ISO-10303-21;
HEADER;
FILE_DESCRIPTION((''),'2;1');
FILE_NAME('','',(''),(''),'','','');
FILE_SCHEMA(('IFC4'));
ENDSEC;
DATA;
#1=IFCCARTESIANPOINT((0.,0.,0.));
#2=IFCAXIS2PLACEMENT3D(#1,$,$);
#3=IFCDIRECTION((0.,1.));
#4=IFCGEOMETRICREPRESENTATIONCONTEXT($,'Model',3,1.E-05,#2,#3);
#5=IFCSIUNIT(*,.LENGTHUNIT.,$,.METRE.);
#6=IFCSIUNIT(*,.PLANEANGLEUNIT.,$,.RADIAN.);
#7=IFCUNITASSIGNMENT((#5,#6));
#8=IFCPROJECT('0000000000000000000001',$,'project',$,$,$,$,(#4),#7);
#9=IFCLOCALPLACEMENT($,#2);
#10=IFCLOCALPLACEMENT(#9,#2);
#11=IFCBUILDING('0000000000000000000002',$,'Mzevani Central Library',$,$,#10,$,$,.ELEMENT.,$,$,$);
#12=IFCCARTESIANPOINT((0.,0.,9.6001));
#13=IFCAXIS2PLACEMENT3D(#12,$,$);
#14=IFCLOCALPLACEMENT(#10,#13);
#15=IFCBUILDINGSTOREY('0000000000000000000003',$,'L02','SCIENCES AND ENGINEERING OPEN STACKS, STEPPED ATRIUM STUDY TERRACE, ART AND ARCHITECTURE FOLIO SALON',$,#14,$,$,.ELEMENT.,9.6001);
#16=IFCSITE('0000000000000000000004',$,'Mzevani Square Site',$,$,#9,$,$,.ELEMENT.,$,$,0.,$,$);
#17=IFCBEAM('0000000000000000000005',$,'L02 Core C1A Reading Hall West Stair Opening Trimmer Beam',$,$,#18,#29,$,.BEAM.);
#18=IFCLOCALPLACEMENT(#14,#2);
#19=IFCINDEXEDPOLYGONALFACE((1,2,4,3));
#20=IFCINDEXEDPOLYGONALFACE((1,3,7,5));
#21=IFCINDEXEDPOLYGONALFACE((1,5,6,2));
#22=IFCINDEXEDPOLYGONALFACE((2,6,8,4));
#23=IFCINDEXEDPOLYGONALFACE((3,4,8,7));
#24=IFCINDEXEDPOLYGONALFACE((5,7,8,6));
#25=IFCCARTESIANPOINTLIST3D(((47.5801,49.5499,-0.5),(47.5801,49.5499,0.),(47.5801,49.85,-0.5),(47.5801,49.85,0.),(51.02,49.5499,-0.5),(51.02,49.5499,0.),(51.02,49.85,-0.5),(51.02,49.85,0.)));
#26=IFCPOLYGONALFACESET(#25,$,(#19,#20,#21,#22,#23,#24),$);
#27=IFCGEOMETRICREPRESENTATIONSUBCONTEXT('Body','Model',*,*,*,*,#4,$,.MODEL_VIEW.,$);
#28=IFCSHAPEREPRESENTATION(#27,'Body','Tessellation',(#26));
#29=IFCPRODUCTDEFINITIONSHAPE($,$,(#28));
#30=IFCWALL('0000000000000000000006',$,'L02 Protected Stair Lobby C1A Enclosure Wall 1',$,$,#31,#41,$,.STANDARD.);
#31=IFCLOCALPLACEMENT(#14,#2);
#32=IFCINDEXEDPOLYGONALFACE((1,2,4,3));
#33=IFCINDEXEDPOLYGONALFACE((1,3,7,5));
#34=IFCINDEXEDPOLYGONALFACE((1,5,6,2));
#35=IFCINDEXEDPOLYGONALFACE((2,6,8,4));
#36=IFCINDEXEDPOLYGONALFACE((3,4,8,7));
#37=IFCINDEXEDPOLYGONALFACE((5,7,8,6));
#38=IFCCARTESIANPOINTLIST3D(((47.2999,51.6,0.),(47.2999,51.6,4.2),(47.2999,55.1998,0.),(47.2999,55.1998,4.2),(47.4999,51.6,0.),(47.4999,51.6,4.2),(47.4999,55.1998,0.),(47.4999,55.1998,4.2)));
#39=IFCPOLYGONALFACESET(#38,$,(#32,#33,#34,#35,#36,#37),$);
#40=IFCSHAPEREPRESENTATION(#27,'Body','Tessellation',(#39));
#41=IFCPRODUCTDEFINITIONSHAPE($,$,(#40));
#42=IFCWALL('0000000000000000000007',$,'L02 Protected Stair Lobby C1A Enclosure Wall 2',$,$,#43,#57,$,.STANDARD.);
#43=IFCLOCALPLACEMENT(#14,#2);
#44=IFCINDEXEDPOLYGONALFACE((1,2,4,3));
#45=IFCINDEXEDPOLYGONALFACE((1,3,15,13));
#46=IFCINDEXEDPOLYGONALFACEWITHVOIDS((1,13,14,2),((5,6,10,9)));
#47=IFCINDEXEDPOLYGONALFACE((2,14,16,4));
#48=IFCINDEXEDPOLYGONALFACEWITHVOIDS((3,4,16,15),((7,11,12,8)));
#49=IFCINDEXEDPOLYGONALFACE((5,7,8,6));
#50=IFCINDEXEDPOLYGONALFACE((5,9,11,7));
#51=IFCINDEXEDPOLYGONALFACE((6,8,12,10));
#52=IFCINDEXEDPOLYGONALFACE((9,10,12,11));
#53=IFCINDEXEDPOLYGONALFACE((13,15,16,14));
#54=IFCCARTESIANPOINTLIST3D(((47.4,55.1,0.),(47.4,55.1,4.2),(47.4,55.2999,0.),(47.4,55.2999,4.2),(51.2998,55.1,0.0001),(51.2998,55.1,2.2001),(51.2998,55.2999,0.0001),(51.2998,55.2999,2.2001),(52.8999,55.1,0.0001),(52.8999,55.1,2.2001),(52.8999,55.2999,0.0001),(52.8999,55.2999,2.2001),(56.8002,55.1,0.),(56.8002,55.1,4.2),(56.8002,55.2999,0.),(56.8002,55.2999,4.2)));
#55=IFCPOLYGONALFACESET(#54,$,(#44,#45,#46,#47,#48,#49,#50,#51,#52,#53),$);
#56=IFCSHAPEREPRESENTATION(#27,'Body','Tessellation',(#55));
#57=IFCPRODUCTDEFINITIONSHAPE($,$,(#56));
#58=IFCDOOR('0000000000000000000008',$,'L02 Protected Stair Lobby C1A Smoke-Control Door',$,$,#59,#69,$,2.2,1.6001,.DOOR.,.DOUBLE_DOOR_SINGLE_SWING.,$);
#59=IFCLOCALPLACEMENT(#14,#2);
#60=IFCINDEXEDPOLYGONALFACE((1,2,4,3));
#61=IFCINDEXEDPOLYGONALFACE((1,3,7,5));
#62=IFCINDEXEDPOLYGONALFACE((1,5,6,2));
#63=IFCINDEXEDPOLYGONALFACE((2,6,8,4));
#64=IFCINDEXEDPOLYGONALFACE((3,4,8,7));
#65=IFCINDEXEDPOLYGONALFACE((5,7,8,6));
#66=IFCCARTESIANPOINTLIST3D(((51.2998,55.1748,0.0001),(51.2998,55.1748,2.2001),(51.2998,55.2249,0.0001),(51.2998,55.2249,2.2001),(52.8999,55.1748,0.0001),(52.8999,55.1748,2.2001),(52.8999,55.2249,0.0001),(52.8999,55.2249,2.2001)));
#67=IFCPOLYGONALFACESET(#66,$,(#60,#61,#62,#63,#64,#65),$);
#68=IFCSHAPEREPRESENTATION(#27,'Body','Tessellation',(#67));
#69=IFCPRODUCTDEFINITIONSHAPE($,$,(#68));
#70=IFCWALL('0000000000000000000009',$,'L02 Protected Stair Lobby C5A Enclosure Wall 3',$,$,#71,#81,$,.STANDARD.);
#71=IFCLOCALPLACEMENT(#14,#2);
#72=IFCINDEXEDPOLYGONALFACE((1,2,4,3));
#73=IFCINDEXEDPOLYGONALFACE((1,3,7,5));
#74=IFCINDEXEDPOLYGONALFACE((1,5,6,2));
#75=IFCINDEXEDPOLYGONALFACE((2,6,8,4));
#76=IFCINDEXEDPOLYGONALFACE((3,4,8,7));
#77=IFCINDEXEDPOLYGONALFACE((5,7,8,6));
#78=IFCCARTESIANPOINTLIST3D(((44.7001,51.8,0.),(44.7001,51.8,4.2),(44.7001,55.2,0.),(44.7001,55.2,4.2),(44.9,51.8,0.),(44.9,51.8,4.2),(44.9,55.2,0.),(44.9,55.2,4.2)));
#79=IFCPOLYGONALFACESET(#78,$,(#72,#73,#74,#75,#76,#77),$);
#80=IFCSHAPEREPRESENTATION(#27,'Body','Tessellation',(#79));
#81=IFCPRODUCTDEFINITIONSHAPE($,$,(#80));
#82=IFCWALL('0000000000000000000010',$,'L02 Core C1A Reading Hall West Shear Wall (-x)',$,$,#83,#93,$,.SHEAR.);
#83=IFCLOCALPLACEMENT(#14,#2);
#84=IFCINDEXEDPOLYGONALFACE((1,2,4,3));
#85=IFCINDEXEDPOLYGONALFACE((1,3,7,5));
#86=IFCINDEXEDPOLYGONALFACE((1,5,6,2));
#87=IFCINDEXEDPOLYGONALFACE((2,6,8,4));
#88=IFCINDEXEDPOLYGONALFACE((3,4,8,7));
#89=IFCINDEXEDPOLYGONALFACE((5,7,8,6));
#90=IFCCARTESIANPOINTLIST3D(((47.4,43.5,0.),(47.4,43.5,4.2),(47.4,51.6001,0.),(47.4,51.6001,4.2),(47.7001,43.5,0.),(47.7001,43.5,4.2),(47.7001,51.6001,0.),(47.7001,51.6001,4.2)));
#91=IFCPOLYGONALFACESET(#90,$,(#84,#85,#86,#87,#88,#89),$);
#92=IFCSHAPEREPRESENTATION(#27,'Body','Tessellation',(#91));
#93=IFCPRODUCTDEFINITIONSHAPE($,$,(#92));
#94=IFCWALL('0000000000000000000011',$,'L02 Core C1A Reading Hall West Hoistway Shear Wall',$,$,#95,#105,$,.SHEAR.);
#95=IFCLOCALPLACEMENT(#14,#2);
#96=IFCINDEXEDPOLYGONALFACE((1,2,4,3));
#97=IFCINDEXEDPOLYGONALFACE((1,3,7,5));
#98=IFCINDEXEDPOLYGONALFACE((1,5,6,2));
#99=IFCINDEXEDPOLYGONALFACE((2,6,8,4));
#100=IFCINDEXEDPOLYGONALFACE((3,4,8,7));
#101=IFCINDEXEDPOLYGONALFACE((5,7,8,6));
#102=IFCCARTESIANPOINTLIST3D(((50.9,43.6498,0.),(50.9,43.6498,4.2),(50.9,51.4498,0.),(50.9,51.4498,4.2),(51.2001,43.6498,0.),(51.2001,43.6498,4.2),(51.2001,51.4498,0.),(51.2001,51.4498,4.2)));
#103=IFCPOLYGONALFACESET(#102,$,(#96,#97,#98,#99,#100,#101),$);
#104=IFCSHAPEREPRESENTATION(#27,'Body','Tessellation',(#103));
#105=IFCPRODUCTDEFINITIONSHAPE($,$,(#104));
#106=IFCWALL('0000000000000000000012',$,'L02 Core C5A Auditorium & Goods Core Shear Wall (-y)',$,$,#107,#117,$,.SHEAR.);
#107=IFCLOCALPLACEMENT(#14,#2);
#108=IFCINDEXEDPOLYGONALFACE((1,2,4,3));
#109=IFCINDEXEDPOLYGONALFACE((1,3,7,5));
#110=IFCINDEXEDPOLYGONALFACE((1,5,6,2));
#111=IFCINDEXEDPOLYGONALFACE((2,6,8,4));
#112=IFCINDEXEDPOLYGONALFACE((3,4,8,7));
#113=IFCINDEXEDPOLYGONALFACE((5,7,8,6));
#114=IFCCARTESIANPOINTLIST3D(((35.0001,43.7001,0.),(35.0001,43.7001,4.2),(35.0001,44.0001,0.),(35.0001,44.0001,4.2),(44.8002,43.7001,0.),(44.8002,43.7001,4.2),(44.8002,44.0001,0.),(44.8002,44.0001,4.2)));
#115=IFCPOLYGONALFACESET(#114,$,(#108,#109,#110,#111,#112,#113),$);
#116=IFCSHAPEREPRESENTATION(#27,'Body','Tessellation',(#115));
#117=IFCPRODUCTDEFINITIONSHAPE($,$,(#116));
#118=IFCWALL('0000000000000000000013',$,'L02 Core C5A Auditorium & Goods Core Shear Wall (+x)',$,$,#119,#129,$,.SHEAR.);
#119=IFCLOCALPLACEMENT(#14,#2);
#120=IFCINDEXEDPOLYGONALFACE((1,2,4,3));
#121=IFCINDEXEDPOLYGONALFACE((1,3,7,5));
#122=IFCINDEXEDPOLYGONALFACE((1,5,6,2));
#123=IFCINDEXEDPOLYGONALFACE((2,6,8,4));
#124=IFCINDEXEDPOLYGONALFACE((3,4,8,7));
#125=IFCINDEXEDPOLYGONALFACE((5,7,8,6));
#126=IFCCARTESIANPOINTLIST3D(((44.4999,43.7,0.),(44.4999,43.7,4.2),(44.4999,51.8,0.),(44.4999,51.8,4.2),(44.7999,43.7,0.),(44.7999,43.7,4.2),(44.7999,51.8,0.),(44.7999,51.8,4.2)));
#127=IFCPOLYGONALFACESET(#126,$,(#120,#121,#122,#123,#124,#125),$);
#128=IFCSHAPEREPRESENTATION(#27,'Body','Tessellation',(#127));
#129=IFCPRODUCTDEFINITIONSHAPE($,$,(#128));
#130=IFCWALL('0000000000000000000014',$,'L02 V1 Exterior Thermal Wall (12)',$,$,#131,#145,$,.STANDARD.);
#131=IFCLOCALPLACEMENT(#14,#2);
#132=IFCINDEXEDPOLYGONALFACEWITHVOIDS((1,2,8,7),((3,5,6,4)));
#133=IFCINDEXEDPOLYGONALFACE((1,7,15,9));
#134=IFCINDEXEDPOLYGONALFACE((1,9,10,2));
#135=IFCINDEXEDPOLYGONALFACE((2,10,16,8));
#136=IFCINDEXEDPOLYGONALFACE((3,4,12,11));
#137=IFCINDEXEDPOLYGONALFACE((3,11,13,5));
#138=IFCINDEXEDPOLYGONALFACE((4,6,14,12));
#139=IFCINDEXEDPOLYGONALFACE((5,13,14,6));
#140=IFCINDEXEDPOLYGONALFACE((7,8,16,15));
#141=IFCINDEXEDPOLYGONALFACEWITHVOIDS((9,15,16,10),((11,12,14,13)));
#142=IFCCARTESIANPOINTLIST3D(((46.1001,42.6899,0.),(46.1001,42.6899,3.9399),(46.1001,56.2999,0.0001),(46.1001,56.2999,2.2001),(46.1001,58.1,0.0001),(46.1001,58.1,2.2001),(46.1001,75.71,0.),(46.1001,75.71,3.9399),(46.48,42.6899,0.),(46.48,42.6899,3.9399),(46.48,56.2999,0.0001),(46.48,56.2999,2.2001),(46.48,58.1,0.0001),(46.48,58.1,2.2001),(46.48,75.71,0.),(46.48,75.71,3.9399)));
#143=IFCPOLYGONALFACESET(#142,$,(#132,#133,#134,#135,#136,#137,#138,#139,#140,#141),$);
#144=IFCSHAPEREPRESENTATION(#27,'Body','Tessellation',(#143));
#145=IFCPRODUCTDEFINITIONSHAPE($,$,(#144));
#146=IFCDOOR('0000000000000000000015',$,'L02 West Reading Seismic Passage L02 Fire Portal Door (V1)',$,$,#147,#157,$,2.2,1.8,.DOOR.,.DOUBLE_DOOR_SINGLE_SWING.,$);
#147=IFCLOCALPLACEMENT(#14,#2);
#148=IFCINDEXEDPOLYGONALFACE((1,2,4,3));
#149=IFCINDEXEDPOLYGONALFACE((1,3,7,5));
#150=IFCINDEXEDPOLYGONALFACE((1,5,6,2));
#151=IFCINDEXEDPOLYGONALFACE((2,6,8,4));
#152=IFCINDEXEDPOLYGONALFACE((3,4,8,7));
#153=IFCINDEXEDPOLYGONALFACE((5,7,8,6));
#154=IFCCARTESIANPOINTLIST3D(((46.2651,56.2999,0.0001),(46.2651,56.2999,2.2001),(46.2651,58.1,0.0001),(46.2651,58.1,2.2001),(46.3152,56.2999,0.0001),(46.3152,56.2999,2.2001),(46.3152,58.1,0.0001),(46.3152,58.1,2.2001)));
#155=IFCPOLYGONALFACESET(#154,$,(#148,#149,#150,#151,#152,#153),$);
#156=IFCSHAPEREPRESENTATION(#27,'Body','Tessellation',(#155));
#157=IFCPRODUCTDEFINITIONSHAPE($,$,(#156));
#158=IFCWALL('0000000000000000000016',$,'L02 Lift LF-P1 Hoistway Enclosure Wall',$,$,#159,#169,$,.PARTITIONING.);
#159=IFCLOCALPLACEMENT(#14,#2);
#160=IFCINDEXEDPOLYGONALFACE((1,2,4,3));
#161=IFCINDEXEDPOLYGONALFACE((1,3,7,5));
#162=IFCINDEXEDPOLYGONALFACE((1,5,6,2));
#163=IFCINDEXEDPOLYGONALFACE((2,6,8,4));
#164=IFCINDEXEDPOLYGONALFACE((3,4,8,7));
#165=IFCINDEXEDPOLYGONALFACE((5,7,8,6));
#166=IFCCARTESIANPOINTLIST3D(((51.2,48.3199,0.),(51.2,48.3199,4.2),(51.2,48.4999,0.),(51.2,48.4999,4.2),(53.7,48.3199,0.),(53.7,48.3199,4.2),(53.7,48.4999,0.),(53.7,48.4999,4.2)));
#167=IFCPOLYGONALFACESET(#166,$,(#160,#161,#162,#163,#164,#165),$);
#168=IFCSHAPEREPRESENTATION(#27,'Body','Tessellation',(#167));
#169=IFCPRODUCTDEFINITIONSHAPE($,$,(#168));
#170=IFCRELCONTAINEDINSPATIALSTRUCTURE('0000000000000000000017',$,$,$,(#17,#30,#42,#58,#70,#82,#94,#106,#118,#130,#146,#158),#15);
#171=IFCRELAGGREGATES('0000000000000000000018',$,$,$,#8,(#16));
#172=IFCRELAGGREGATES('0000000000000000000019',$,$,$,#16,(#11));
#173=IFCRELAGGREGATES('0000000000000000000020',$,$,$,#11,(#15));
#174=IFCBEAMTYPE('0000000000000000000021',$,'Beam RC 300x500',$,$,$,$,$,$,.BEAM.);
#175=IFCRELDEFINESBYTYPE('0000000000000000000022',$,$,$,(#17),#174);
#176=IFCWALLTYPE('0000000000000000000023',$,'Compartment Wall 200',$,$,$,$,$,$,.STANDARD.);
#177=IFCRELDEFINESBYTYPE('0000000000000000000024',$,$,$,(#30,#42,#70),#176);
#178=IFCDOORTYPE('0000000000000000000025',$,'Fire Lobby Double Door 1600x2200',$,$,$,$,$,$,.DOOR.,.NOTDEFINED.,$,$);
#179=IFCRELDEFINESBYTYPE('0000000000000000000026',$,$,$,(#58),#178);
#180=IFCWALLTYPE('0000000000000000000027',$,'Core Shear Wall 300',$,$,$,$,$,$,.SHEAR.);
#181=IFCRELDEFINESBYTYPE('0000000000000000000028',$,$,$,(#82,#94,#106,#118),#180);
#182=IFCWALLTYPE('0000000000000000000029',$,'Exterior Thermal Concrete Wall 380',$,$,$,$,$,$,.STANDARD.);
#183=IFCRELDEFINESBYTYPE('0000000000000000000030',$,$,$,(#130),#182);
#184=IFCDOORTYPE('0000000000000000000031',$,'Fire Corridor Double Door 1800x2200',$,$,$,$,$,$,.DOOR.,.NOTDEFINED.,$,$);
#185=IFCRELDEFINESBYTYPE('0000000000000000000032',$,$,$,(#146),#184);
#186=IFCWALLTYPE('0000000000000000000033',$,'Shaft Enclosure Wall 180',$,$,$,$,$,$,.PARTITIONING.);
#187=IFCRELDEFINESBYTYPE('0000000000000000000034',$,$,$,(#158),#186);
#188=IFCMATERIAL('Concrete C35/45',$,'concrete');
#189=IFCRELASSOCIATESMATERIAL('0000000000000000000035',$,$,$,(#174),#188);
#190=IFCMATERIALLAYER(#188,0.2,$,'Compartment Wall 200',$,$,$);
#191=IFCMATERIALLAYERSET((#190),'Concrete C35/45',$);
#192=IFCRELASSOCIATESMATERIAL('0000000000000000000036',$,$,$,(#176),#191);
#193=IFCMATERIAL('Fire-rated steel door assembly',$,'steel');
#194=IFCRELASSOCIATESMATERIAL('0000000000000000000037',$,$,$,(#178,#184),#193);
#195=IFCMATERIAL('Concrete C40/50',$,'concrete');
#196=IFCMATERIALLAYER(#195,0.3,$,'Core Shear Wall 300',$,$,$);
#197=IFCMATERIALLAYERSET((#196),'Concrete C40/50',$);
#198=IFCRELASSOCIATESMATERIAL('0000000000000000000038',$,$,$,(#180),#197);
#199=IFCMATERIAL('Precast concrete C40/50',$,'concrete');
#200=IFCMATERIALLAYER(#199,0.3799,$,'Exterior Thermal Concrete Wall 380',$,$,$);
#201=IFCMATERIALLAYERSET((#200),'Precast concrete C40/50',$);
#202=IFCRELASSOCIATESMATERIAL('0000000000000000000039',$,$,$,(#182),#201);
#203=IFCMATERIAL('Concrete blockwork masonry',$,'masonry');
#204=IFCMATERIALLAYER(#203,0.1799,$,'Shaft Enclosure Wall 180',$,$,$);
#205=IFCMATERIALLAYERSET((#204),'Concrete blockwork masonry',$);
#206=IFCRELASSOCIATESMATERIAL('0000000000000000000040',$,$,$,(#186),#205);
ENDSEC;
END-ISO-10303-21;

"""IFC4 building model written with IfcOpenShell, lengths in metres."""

from ifc_helpers import new_model, si_unit, direction, frame, frame_2d, origin, origin_2d, place, context, subcontext, project, spatial, rectangle, extrude, material, layer, layer_set, material_profile, profile_set, type_object, element, fill, save


model = new_model("IFC4")

# Units and contexts
model_context = context("Model", 3, precision=1e-05, world=origin(), true_north=direction((0.0, 1.0)))
body_context = subcontext(model_context, "Body", "Model", "MODEL_VIEW")
ifc_project = project(units=[si_unit("LENGTHUNIT", "METRE"), si_unit("PLANEANGLEUNIT", "RADIAN")], contexts=[model_context])

# Site, building, storey
site_placement = place(None, origin())
site = spatial("IfcSite", under=ifc_project, at=site_placement, Name="Mzevani Square Site", CompositionType="ELEMENT", RefElevation=0.0)
building_placement = place(site_placement, origin())
building = spatial("IfcBuilding", under=site, at=building_placement, Name="Mzevani Central Library", CompositionType="ELEMENT")
storey_placement = place(building_placement, frame((0.0, 0.0, 9.6001)))
storey = spatial("IfcBuildingStorey", under=building, at=storey_placement, Name="L02", Description="SCIENCES AND ENGINEERING OPEN STACKS, STEPPED ATRIUM STUDY TERRACE, ART AND ARCHITECTURE FOLIO SALON", CompositionType="ELEMENT", Elevation=9.6001)

# Beam
ifc_material_1 = material(Name="Concrete C35/45", Category="concrete")
ifc_material_profile = material_profile(ifc_material_1, rectangle(XDim=0.3, YDim=0.5, at=origin_2d()), Name="RC B300x500")
ifc_profile_set = profile_set([ifc_material_profile], Name="Concrete C35/45")
beam_type = type_object("IfcBeamType", Name="Beam RC 300x500", PredefinedType="BEAM", material=ifc_profile_set)
beam_placement = place(storey_placement, frame((47.5801, 49.7, -0.25), z_axis=(1.0, 0.0, 0.0), x_axis=(0.0, 1.0, 0.0)))
element("IfcBeam", 1, at=beam_placement, inside=storey, type_object=beam_type, Name="L02 Core C1A Reading Hall West Stair Opening Trimmer Beam", PredefinedType="BEAM", context=body_context, shape_type="SweptSolid", body=[
    extrude(rectangle(XDim=0.3, YDim=0.5, at=origin_2d()), origin(), (0.0, 0.0, 1.0), 3.4399),
])

# Wall
ifc_layer_1 = layer(ifc_material_1, 0.2, Name="Compartment Wall 200")
ifc_layer_set_1 = layer_set([ifc_layer_1], Name="Concrete C35/45")
wall_type_1 = type_object("IfcWallType", Name="Compartment Wall 200", PredefinedType="STANDARD", material=ifc_layer_set_1)
wall_1_placement = place(storey_placement, frame((47.3999, 51.6001, 0.0), z_axis=(0.0, 0.0, 1.0), x_axis=(0.0, 1.0, 0.0)))
element("IfcWall", 2, at=wall_1_placement, inside=storey, type_object=wall_type_1, Name="L02 Protected Stair Lobby C1A Enclosure Wall 1", PredefinedType="STANDARD", context=body_context, shape_type="SweptSolid", body=[
    extrude(rectangle(XDim=3.5999, YDim=0.2, at=frame_2d((1.7998, 0.0))), origin(), (0.0, 0.0, 1.0), 4.2),
])

# Wall, opening, door
wall_2_placement = place(storey_placement, frame((47.3999, 55.2, 0.0), z_axis=(0.0, 0.0, 1.0), x_axis=(1.0, 0.0, 0.0)))
wall_2 = element("IfcWall", 3, at=wall_2_placement, inside=storey, type_object=wall_type_1, Name="L02 Protected Stair Lobby C1A Enclosure Wall 2", PredefinedType="STANDARD", context=body_context, shape_type="SweptSolid", body=[
    extrude(rectangle(XDim=9.4001, YDim=0.2, at=frame_2d((4.7002, 0.0))), origin(), (0.0, 0.0, 1.0), 4.2),
])
opening_1_placement = place(wall_2_placement, frame((3.8999, 0.0, 0.0)))
opening_1 = element("IfcOpeningElement", 4, at=opening_1_placement, cuts=wall_2, PredefinedType="OPENING", context=body_context, shape_type="SweptSolid", body=[
    extrude(rectangle(XDim=1.6001, YDim=2.2, at=frame_2d((0.8, 1.1001))), frame((0.0, 0.1099, 0.0), z_axis=(0.0, -1.0, 0.0), x_axis=(1.0, 0.0, 0.0)), (0.0, 0.0, 1.0), 0.22),
])
ifc_material_2 = material(Name="Fire-rated steel door assembly", Category="steel")
door_type_1 = type_object("IfcDoorType", Name="Fire Lobby Double Door 1600x2200", OperationType="NOTDEFINED", PredefinedType="DOOR", material=ifc_material_2)
door_1_placement = place(opening_1_placement, origin())
door_1 = element("IfcDoor", 5, at=door_1_placement, inside=storey, type_object=door_type_1, Name="L02 Protected Stair Lobby C1A Smoke-Control Door", OperationType="DOUBLE_DOOR_SINGLE_SWING", OverallHeight=2.2, OverallWidth=1.6001, PredefinedType="DOOR", context=body_context, shape_type="SweptSolid", body=[
    extrude(rectangle(XDim=1.6001, YDim=2.2, at=frame_2d((0.8, 1.1001))), frame((0.0, 0.0249, 0.0), z_axis=(0.0, -1.0, 0.0), x_axis=(1.0, 0.0, 0.0)), (0.0, 0.0, 1.0), 0.05),
])
fill(opening_1, door_1)

# Walls
wall_3_placement = place(storey_placement, frame((44.8, 55.2, 0.0), z_axis=(0.0, 0.0, 1.0), x_axis=(0.0, -1.0, 0.0)))
element("IfcWall", 6, at=wall_3_placement, inside=storey, type_object=wall_type_1, Name="L02 Protected Stair Lobby C5A Enclosure Wall 3", PredefinedType="STANDARD", context=body_context, shape_type="SweptSolid", body=[
    extrude(rectangle(XDim=3.3999, YDim=0.2, at=frame_2d((1.7, 0.0))), origin(), (0.0, 0.0, 1.0), 4.2),
])
ifc_material_3 = material(Name="Concrete C40/50", Category="concrete")
ifc_layer_2 = layer(ifc_material_3, 0.3, Name="Core Shear Wall 300")
ifc_layer_set_2 = layer_set([ifc_layer_2], Name="Concrete C40/50")
wall_type_2 = type_object("IfcWallType", Name="Core Shear Wall 300", PredefinedType="SHEAR", material=ifc_layer_set_2)
wall_4_placement = place(storey_placement, frame((47.55, 43.5, 0.0), z_axis=(0.0, 0.0, 1.0), x_axis=(0.0, 1.0, 0.0)))
element("IfcWall", 7, at=wall_4_placement, inside=storey, type_object=wall_type_2, Name="L02 Core C1A Reading Hall West Shear Wall (-x)", PredefinedType="SHEAR", context=body_context, shape_type="SweptSolid", body=[
    extrude(rectangle(XDim=8.1001, YDim=0.3, at=frame_2d((4.05, 0.0))), origin(), (0.0, 0.0, 1.0), 4.2),
])

# Walls
wall_5_placement = place(storey_placement, frame((51.05, 43.6499, 0.0), z_axis=(0.0, 0.0, 1.0), x_axis=(0.0, 1.0, 0.0)))
element("IfcWall", 8, at=wall_5_placement, inside=storey, type_object=wall_type_2, Name="L02 Core C1A Reading Hall West Hoistway Shear Wall", PredefinedType="SHEAR", context=body_context, shape_type="SweptSolid", body=[
    extrude(rectangle(XDim=7.8, YDim=0.3, at=frame_2d((3.8999, 0.0))), origin(), (0.0, 0.0, 1.0), 4.2),
])
wall_6_placement = place(storey_placement, frame((44.8, 43.8501, 0.0), z_axis=(0.0, 0.0, 1.0), x_axis=(-1.0, 0.0, 0.0)))
element("IfcWall", 9, at=wall_6_placement, inside=storey, type_object=wall_type_2, Name="L02 Core C5A Auditorium & Goods Core Shear Wall (-y)", PredefinedType="SHEAR", context=body_context, shape_type="SweptSolid", body=[
    extrude(rectangle(XDim=9.8, YDim=0.3, at=frame_2d((4.8999, 0.0))), origin(), (0.0, 0.0, 1.0), 4.2),
])
wall_7_placement = place(storey_placement, frame((44.6499, 51.8, 0.0), z_axis=(0.0, 0.0, 1.0), x_axis=(0.0, -1.0, 0.0)))
element("IfcWall", 10, at=wall_7_placement, inside=storey, type_object=wall_type_2, Name="L02 Core C5A Auditorium & Goods Core Shear Wall (+x)", PredefinedType="SHEAR", context=body_context, shape_type="SweptSolid", body=[
    extrude(rectangle(XDim=8.1001, YDim=0.3, at=frame_2d((4.05, 0.0))), origin(), (0.0, 0.0, 1.0), 4.2),
])

# Wall, opening, door
ifc_material_4 = material(Name="Precast concrete C40/50", Category="concrete")
ifc_layer_3 = layer(ifc_material_4, 0.3799, Name="Exterior Thermal Concrete Wall 380")
ifc_layer_set_3 = layer_set([ifc_layer_3], Name="Precast concrete C40/50")
wall_type_3 = type_object("IfcWallType", Name="Exterior Thermal Concrete Wall 380", PredefinedType="STANDARD", material=ifc_layer_set_3)
wall_8_placement = place(storey_placement, frame((46.29, 42.6899, 0.0), z_axis=(0.0, 0.0, 1.0), x_axis=(0.0, 1.0, 0.0)))
wall_8 = element("IfcWall", 11, at=wall_8_placement, inside=storey, type_object=wall_type_3, Name="L02 V1 Exterior Thermal Wall (12)", PredefinedType="STANDARD", context=body_context, shape_type="SweptSolid", body=[
    extrude(rectangle(XDim=33.02, YDim=0.3799, at=frame_2d((16.51, 0.0))), origin(), (0.0, 0.0, 1.0), 3.9399),
])
opening_2_placement = place(wall_8_placement, frame((13.6101, 0.0, 0.0)))
opening_2 = element("IfcOpeningElement", 12, at=opening_2_placement, cuts=wall_8, PredefinedType="OPENING", context=body_context, shape_type="SweptSolid", body=[
    extrude(rectangle(XDim=1.8, YDim=2.2, at=frame_2d((0.8999, 1.1001))), frame((0.0, 0.2, 0.0), z_axis=(0.0, -1.0, 0.0), x_axis=(1.0, 0.0, 0.0)), (0.0, 0.0, 1.0), 0.3999),
])
door_type_2 = type_object("IfcDoorType", Name="Fire Corridor Double Door 1800x2200", OperationType="NOTDEFINED", PredefinedType="DOOR", material=ifc_material_2)
door_2_placement = place(opening_2_placement, origin())
door_2 = element("IfcDoor", 13, at=door_2_placement, inside=storey, type_object=door_type_2, Name="L02 West Reading Seismic Passage L02 Fire Portal Door (V1)", OperationType="DOUBLE_DOOR_SINGLE_SWING", OverallHeight=2.2, OverallWidth=1.8, PredefinedType="DOOR", context=body_context, shape_type="SweptSolid", body=[
    extrude(rectangle(XDim=1.8, YDim=2.2, at=frame_2d((0.8999, 1.1001))), frame((0.0, 0.0249, 0.0), z_axis=(0.0, -1.0, 0.0), x_axis=(1.0, 0.0, 0.0)), (0.0, 0.0, 1.0), 0.05),
])
fill(opening_2, door_2)

# Wall
ifc_material_5 = material(Name="Concrete blockwork masonry", Category="masonry")
ifc_layer_4 = layer(ifc_material_5, 0.1799, Name="Shaft Enclosure Wall 180")
ifc_layer_set_4 = layer_set([ifc_layer_4], Name="Concrete blockwork masonry")
wall_type_4 = type_object("IfcWallType", Name="Shaft Enclosure Wall 180", PredefinedType="PARTITIONING", material=ifc_layer_set_4)
wall_9_placement = place(storey_placement, frame((51.2, 48.4099, 0.0), z_axis=(0.0, 0.0, 1.0), x_axis=(1.0, 0.0, 0.0)))
element("IfcWall", 14, at=wall_9_placement, inside=storey, type_object=wall_type_4, Name="L02 Lift LF-P1 Hoistway Enclosure Wall", PredefinedType="PARTITIONING", context=body_context, shape_type="SweptSolid", body=[
    extrude(rectangle(XDim=2.5, YDim=0.1799, at=frame_2d((1.25, 0.0))), origin(), (0.0, 0.0, 1.0), 4.2),
])

save(model, "model.ifc")
